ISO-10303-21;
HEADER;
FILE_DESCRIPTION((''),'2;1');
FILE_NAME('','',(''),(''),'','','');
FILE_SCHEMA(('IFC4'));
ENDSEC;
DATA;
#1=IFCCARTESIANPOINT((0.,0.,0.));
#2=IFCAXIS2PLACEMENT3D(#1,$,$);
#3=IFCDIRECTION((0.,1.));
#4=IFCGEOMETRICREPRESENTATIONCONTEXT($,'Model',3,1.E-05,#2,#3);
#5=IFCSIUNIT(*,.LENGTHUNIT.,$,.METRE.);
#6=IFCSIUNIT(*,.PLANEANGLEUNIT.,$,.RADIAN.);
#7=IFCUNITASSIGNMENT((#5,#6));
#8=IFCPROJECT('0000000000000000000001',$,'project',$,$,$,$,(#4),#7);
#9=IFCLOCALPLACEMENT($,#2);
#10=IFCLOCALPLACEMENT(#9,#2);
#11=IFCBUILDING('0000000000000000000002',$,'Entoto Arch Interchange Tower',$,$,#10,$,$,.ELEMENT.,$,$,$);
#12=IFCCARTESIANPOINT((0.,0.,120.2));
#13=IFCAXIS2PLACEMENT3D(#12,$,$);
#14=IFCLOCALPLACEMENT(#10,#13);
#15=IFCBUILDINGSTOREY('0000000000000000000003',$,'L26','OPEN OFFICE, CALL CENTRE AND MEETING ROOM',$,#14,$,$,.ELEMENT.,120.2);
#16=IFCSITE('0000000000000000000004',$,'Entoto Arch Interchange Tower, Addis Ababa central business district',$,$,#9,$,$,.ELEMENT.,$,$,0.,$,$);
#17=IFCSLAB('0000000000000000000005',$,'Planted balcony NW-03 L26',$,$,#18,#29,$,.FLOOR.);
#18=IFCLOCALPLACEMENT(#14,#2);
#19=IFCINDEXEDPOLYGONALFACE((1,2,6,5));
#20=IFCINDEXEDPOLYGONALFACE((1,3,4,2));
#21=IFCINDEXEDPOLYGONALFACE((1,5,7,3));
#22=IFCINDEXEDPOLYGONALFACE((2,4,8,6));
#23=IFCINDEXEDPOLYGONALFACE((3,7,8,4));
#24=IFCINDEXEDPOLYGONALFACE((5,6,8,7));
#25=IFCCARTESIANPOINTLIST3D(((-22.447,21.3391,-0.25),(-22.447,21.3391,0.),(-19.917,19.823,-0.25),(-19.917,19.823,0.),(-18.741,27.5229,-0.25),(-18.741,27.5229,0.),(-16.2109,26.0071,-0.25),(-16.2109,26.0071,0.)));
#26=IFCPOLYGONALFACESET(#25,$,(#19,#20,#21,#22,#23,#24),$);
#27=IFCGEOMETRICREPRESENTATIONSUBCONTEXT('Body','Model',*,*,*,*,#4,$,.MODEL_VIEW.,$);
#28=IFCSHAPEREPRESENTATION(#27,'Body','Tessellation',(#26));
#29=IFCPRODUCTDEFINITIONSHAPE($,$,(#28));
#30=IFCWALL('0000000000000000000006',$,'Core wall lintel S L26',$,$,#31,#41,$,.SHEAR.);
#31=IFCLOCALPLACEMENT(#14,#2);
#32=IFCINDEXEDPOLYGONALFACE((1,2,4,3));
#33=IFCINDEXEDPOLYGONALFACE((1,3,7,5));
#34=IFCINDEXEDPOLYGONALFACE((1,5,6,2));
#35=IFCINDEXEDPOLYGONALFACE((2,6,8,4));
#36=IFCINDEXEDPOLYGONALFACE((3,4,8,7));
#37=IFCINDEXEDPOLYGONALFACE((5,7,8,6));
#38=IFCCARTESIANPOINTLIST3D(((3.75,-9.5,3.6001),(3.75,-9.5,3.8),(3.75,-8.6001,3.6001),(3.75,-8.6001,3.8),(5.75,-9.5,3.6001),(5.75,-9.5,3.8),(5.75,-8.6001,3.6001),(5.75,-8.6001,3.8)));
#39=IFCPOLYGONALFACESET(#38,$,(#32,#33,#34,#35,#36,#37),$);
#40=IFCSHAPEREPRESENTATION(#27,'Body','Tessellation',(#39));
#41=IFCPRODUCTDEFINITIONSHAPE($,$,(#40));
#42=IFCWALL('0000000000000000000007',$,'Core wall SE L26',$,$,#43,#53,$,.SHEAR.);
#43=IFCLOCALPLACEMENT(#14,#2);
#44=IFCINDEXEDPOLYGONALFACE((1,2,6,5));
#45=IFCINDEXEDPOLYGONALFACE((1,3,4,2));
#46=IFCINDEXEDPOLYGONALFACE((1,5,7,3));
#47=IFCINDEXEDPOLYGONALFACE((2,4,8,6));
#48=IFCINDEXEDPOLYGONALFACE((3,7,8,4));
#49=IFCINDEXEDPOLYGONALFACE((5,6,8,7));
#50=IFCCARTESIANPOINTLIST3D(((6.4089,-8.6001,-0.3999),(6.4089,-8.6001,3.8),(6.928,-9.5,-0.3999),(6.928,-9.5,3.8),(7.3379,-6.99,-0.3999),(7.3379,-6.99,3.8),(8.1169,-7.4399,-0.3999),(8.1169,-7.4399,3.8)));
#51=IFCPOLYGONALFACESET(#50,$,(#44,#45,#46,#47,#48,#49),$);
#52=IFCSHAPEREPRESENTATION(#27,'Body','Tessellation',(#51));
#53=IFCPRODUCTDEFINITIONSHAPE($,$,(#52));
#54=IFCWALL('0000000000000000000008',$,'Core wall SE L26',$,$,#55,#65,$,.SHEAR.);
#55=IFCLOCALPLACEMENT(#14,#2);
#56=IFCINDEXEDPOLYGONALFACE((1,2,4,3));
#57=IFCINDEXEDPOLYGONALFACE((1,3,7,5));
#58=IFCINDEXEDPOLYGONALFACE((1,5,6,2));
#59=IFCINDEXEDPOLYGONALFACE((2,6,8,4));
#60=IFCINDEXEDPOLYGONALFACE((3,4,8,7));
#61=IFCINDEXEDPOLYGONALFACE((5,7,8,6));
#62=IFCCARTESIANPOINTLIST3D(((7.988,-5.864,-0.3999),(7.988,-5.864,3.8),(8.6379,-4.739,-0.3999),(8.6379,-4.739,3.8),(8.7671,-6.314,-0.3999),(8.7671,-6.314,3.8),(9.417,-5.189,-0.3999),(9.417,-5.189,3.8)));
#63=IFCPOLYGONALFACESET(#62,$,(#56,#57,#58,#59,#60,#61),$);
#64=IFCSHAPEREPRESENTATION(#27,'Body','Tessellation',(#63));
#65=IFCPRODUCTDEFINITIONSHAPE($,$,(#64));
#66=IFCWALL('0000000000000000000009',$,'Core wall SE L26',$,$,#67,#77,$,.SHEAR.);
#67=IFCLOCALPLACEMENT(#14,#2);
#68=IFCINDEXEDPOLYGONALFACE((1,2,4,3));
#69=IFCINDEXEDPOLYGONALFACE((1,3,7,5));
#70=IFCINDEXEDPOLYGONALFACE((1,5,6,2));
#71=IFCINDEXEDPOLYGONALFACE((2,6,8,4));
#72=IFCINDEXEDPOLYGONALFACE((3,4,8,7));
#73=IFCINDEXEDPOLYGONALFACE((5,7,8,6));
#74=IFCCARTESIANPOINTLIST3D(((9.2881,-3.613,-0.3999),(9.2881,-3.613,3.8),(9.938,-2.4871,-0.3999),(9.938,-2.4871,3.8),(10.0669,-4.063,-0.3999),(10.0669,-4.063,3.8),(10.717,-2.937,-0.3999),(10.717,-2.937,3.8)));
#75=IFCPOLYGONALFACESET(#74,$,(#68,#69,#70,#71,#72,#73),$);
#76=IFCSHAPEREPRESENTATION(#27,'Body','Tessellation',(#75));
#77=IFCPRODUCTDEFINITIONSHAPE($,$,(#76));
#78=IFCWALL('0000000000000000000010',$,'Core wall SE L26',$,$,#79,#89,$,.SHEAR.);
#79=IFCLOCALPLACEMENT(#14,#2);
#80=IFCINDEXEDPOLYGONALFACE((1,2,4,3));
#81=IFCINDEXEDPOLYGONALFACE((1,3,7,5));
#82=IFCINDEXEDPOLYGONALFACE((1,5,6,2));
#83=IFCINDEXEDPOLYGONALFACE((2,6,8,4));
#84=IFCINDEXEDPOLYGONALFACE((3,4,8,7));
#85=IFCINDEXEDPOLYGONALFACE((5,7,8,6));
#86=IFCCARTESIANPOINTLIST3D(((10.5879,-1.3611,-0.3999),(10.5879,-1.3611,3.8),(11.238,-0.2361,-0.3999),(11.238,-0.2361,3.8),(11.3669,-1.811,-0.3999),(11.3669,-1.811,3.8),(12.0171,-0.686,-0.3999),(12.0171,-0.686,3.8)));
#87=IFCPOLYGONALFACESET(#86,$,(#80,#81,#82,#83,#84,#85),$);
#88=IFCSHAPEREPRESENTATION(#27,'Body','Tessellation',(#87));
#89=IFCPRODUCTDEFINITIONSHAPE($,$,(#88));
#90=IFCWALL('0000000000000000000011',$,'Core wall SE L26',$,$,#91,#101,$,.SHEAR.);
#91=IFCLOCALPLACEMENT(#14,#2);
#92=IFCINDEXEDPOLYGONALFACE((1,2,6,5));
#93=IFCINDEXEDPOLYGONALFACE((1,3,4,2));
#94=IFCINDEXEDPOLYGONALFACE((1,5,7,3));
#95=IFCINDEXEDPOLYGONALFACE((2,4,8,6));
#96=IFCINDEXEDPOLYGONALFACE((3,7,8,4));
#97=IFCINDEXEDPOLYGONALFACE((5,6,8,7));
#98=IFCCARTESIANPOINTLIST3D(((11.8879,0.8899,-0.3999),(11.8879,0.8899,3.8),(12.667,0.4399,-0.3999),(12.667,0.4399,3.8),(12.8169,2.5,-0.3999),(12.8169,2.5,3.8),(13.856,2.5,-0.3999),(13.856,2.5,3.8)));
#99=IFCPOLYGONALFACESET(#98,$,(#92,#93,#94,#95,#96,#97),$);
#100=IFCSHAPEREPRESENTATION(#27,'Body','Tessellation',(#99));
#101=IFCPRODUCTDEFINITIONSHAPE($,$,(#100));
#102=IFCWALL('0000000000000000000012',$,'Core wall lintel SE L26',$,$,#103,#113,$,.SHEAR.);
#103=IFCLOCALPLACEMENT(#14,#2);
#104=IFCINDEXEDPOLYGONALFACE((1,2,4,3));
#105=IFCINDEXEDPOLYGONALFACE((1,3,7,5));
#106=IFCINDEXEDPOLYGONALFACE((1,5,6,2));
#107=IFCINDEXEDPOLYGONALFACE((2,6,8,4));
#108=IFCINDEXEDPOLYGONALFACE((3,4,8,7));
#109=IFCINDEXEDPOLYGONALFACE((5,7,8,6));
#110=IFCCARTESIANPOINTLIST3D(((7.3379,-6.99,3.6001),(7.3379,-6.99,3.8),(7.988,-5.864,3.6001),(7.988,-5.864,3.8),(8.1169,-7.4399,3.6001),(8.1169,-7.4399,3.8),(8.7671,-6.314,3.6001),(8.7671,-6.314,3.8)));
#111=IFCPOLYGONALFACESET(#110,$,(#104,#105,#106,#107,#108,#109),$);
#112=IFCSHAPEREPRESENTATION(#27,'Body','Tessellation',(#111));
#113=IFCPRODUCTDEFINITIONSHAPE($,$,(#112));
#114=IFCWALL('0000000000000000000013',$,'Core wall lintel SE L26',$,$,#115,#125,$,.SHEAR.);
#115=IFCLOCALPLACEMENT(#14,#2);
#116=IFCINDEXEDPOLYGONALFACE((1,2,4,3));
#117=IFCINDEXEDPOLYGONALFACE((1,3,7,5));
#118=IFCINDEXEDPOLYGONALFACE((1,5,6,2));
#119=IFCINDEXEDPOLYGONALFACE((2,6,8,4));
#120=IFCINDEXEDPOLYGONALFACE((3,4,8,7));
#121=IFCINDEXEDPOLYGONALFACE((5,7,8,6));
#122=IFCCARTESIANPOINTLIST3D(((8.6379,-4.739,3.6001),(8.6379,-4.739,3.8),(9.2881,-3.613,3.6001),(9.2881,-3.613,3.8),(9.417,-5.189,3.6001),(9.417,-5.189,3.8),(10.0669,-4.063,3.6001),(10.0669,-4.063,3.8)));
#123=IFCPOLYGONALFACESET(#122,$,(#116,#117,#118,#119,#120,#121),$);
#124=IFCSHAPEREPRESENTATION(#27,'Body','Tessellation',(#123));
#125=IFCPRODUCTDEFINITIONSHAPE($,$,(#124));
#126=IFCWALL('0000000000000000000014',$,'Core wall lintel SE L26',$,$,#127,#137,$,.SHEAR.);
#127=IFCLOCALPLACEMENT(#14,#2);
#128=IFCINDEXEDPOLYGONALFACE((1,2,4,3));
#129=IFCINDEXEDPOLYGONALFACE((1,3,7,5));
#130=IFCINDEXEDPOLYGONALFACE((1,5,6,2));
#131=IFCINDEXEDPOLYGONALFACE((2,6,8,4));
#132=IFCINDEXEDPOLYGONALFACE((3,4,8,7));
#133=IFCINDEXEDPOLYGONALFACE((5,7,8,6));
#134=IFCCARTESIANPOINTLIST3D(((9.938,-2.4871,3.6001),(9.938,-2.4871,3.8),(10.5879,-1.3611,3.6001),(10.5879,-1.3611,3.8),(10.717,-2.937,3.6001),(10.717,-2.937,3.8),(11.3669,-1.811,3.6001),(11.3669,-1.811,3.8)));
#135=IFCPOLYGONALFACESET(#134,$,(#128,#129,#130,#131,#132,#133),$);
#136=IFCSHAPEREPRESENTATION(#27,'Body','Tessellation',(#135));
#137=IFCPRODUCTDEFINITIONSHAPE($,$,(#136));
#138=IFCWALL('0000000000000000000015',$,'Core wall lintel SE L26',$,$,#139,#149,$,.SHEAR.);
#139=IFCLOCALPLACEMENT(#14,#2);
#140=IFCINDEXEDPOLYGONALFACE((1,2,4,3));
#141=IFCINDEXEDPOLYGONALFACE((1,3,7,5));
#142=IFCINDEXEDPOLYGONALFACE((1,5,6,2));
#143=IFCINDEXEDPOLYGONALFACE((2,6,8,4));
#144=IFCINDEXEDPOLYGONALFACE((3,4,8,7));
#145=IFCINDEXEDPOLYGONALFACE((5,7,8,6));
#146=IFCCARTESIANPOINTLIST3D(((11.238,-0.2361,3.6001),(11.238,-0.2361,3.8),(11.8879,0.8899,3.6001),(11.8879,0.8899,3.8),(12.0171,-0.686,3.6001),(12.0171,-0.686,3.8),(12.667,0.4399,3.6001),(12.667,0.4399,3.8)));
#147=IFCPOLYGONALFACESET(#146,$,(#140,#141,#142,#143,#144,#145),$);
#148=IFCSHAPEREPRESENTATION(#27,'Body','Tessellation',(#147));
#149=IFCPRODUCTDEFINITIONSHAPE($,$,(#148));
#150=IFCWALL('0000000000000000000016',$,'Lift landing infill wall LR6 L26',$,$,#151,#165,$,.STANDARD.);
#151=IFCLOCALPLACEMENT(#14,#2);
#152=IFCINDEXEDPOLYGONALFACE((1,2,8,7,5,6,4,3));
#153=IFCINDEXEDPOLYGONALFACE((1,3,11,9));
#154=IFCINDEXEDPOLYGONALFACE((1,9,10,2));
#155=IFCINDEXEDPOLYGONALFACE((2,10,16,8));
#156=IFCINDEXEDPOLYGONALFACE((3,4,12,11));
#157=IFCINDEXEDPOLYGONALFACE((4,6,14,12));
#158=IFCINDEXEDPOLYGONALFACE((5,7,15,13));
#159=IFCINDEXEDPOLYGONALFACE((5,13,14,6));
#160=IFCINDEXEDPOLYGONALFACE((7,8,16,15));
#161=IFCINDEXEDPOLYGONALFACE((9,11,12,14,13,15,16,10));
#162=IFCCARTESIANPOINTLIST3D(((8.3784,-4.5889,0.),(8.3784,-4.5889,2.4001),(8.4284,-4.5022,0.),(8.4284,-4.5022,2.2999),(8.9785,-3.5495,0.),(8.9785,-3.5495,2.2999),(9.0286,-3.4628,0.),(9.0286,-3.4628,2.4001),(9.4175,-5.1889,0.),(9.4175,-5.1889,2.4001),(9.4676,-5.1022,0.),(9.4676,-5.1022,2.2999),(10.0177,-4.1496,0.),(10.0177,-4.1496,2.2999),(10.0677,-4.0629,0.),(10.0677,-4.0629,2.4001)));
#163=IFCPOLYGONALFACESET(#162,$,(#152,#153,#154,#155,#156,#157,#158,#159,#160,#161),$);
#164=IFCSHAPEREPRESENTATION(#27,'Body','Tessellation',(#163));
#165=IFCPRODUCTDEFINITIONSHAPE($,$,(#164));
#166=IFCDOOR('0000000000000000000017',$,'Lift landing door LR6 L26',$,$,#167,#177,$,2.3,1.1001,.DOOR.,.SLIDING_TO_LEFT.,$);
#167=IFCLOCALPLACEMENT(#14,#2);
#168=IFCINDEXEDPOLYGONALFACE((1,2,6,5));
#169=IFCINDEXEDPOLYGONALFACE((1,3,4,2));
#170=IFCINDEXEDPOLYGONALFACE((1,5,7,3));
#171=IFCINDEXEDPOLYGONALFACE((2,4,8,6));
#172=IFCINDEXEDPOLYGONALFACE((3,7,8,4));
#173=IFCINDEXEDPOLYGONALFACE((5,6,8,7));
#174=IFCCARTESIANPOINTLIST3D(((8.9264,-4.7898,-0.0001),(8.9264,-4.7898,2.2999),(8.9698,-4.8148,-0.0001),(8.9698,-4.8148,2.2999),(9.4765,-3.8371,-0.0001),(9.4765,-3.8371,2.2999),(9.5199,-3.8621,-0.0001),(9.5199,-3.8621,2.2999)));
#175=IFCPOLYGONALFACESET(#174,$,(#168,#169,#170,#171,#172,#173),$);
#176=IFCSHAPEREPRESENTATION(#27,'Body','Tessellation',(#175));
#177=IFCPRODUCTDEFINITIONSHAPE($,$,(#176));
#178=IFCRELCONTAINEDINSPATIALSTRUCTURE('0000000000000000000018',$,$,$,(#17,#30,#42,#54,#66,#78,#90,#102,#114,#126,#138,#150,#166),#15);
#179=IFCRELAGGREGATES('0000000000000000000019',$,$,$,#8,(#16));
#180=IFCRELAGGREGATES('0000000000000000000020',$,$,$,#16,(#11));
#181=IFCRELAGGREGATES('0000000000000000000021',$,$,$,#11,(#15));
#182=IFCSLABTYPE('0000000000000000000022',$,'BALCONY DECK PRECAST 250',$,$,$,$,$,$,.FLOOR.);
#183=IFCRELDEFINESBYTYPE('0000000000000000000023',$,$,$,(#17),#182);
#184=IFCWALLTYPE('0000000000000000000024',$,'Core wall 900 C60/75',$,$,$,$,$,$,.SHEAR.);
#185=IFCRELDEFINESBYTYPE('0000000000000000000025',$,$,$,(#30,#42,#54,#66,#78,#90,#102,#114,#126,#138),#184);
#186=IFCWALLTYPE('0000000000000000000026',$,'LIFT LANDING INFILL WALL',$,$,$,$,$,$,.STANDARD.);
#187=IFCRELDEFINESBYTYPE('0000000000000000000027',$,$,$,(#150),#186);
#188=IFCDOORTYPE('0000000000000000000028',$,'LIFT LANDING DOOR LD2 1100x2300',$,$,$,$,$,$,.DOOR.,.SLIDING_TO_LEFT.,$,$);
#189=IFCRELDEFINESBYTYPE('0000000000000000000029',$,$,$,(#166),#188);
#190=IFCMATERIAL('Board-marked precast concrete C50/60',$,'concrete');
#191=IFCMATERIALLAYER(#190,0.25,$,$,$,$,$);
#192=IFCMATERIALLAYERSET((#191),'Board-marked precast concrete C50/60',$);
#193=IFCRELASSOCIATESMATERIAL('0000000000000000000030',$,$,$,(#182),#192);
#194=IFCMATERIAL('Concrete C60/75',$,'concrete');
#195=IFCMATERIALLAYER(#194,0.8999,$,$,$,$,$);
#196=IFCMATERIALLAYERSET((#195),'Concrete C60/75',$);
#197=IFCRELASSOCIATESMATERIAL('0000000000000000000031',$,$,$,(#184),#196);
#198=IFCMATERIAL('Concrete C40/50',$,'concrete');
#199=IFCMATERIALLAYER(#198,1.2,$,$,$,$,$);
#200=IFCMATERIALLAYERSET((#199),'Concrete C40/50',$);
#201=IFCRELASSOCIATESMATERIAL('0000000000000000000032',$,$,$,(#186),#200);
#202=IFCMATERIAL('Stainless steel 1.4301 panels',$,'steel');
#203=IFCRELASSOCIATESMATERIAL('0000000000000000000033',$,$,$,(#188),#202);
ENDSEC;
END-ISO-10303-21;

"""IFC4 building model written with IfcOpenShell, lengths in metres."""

from ifc_helpers import new_model, si_unit, direction, frame, frame_2d, origin, place, context, subcontext, project, spatial, polyline, rectangle, outline, extrude, material, layer, layer_set, type_object, element, fill, save


model = new_model("IFC4")

# Units and contexts
model_context = context("Model", 3, precision=1e-05, world=origin(), true_north=direction((0.0, 1.0)))
body_context = subcontext(model_context, "Body", "Model", "MODEL_VIEW")
ifc_project = project(units=[si_unit("LENGTHUNIT", "METRE"), si_unit("PLANEANGLEUNIT", "RADIAN")], contexts=[model_context])

# Site, building, storey
site_placement = place(None, origin())
site = spatial("IfcSite", under=ifc_project, at=site_placement, Name="Entoto Arch Interchange Tower, Addis Ababa central business district", CompositionType="ELEMENT", RefElevation=0.0)
building_placement = place(site_placement, origin())
building = spatial("IfcBuilding", under=site, at=building_placement, Name="Entoto Arch Interchange Tower", CompositionType="ELEMENT")
storey_placement = place(building_placement, frame((0.0, 0.0, 120.2)))
storey = spatial("IfcBuildingStorey", under=building, at=storey_placement, Name="L26", Description="OPEN OFFICE, CALL CENTRE AND MEETING ROOM", CompositionType="ELEMENT", Elevation=120.2)

# Slab
ifc_material_1 = material(Name="Board-marked precast concrete C50/60", Category="concrete")
ifc_layer_1 = layer(ifc_material_1, 0.25)
ifc_layer_set_1 = layer_set([ifc_layer_1], Name="Board-marked precast concrete C50/60")
slab_type = type_object("IfcSlabType", Name="BALCONY DECK PRECAST 250", PredefinedType="FLOOR", material=ifc_layer_set_1)
slab_placement = place(storey_placement, frame((0.0, 0.0, -0.25)))
element("IfcSlab", 1, at=slab_placement, inside=storey, type_object=slab_type, Name="Planted balcony NW-03 L26", PredefinedType="FLOOR", context=body_context, shape_type="SweptSolid", body=[
    extrude(outline(polyline([(-16.2109, 26.0071), (-19.917, 19.823), (-22.447, 21.3391), (-18.741, 27.5229), (-16.2109, 26.0071)])), origin(), (0.0, 0.0, 1.0), 0.25),
])

# Walls
ifc_material_2 = material(Name="Concrete C60/75", Category="concrete")
ifc_layer_2 = layer(ifc_material_2, 0.8999)
ifc_layer_set_2 = layer_set([ifc_layer_2], Name="Concrete C60/75")
wall_type_1 = type_object("IfcWallType", Name="Core wall 900 C60/75", PredefinedType="SHEAR", material=ifc_layer_set_2)
wall_1_placement = place(storey_placement, frame((0.0, 0.0, 3.6001)))
element("IfcWall", 2, at=wall_1_placement, inside=storey, type_object=wall_type_1, Name="Core wall lintel S L26", PredefinedType="SHEAR", context=body_context, shape_type="SweptSolid", body=[
    extrude(outline(polyline([(5.75, -9.5), (5.75, -8.6001), (3.75, -8.6001), (3.75, -9.5), (5.75, -9.5)])), origin(), (0.0, 0.0, 1.0), 0.2),
])
wall_2_placement = place(storey_placement, frame((0.0, 0.0, -0.3999)))
element("IfcWall", 3, at=wall_2_placement, inside=storey, type_object=wall_type_1, Name="Core wall SE L26", PredefinedType="SHEAR", context=body_context, shape_type="SweptSolid", body=[
    extrude(outline(polyline([(8.1169, -7.4399), (7.3379, -6.99), (6.4089, -8.6001), (6.928, -9.5), (8.1169, -7.4399)])), origin(), (0.0, 0.0, 1.0), 4.2),
])
wall_3_placement = place(storey_placement, frame((0.0, 0.0, -0.3999)))
element("IfcWall", 4, at=wall_3_placement, inside=storey, type_object=wall_type_1, Name="Core wall SE L26", PredefinedType="SHEAR", context=body_context, shape_type="SweptSolid", body=[
    extrude(outline(polyline([(9.417, -5.189), (8.6379, -4.739), (7.988, -5.864), (8.7671, -6.314), (9.417, -5.189)])), origin(), (0.0, 0.0, 1.0), 4.2),
])
wall_4_placement = place(storey_placement, frame((0.0, 0.0, -0.3999)))
element("IfcWall", 5, at=wall_4_placement, inside=storey, type_object=wall_type_1, Name="Core wall SE L26", PredefinedType="SHEAR", context=body_context, shape_type="SweptSolid", body=[
    extrude(outline(polyline([(10.717, -2.937), (9.938, -2.4871), (9.2881, -3.613), (10.0669, -4.063), (10.717, -2.937)])), origin(), (0.0, 0.0, 1.0), 4.2),
])
wall_5_placement = place(storey_placement, frame((0.0, 0.0, -0.3999)))
element("IfcWall", 6, at=wall_5_placement, inside=storey, type_object=wall_type_1, Name="Core wall SE L26", PredefinedType="SHEAR", context=body_context, shape_type="SweptSolid", body=[
    extrude(outline(polyline([(12.0171, -0.686), (11.238, -0.2361), (10.5879, -1.3611), (11.3669, -1.811), (12.0171, -0.686)])), origin(), (0.0, 0.0, 1.0), 4.2),
])
wall_6_placement = place(storey_placement, frame((0.0, 0.0, -0.3999)))
element("IfcWall", 7, at=wall_6_placement, inside=storey, type_object=wall_type_1, Name="Core wall SE L26", PredefinedType="SHEAR", context=body_context, shape_type="SweptSolid", body=[
    extrude(outline(polyline([(11.8879, 0.8899), (12.667, 0.4399), (13.856, 2.5), (12.8169, 2.5), (11.8879, 0.8899)])), origin(), (0.0, 0.0, 1.0), 4.2),
])
wall_7_placement = place(storey_placement, frame((0.0, 0.0, 3.6001)))
element("IfcWall", 8, at=wall_7_placement, inside=storey, type_object=wall_type_1, Name="Core wall lintel SE L26", PredefinedType="SHEAR", context=body_context, shape_type="SweptSolid", body=[
    extrude(outline(polyline([(8.7671, -6.314), (7.988, -5.864), (7.3379, -6.99), (8.1169, -7.4399), (8.7671, -6.314)])), origin(), (0.0, 0.0, 1.0), 0.2),
])
wall_8_placement = place(storey_placement, frame((0.0, 0.0, 3.6001)))
element("IfcWall", 9, at=wall_8_placement, inside=storey, type_object=wall_type_1, Name="Core wall lintel SE L26", PredefinedType="SHEAR", context=body_context, shape_type="SweptSolid", body=[
    extrude(outline(polyline([(10.0669, -4.063), (9.2881, -3.613), (8.6379, -4.739), (9.417, -5.189), (10.0669, -4.063)])), origin(), (0.0, 0.0, 1.0), 0.2),
])
wall_9_placement = place(storey_placement, frame((0.0, 0.0, 3.6001)))
element("IfcWall", 10, at=wall_9_placement, inside=storey, type_object=wall_type_1, Name="Core wall lintel SE L26", PredefinedType="SHEAR", context=body_context, shape_type="SweptSolid", body=[
    extrude(outline(polyline([(11.3669, -1.811), (10.5879, -1.3611), (9.938, -2.4871), (10.717, -2.937), (11.3669, -1.811)])), origin(), (0.0, 0.0, 1.0), 0.2),
])
wall_10_placement = place(storey_placement, frame((0.0, 0.0, 3.6001)))
element("IfcWall", 11, at=wall_10_placement, inside=storey, type_object=wall_type_1, Name="Core wall lintel SE L26", PredefinedType="SHEAR", context=body_context, shape_type="SweptSolid", body=[
    extrude(outline(polyline([(12.667, 0.4399), (11.8879, 0.8899), (11.238, -0.2361), (12.0171, -0.686), (12.667, 0.4399)])), origin(), (0.0, 0.0, 1.0), 0.2),
])

# Wall, opening, door
ifc_material_3 = material(Name="Concrete C40/50", Category="concrete")
ifc_layer_3 = layer(ifc_material_3, 1.2)
ifc_layer_set_3 = layer_set([ifc_layer_3], Name="Concrete C40/50")
wall_type_2 = type_object("IfcWallType", Name="LIFT LANDING INFILL WALL", PredefinedType="STANDARD", material=ifc_layer_set_3)
wall_11_placement = place(storey_placement, frame((8.8979, -4.8889, 0.0), z_axis=(0.0, 0.0, 1.0), x_axis=(0.500037, 0.866004, 0.0)))
wall_11 = element("IfcWall", 12, at=wall_11_placement, inside=storey, type_object=wall_type_2, Name="Lift landing infill wall LR6 L26", PredefinedType="STANDARD", context=body_context, shape_type="SweptSolid", body=[
    extrude(rectangle(XDim=1.3003, YDim=1.2, at=frame_2d((0.6501, 0.0))), origin(), (0.0, 0.0, 1.0), 2.4001),
])
opening_1_placement = place(wall_11_placement, frame((0.1001, 0.0, 0.0)))
opening_1 = element("IfcOpeningElement", 13, at=opening_1_placement, cuts=wall_11, PredefinedType="OPENING", context=body_context, shape_type="SweptSolid", body=[
    extrude(rectangle(XDim=1.1001, YDim=2.3, at=frame_2d((0.55, 1.1499))), frame((0.0, 0.6099, 0.0), z_axis=(0.0, -1.0, 0.0), x_axis=(1.0, 0.0, 0.0)), (0.0, 0.0, 1.0), 1.22),
])
ifc_material_4 = material(Name="Stainless steel 1.4301 panels", Category="steel")
door_type_1 = type_object("IfcDoorType", Name="LIFT LANDING DOOR LD2 1100x2300", OperationType="SLIDING_TO_LEFT", PredefinedType="DOOR", material=ifc_material_4)
door_1_placement = place(opening_1_placement, origin())
door_1 = element("IfcDoor", 14, at=door_1_placement, inside=storey, type_object=door_type_1, Name="Lift landing door LR6 L26", OperationType="SLIDING_TO_LEFT", OverallHeight=2.3, OverallWidth=1.1001, PredefinedType="DOOR", context=body_context, shape_type="SweptSolid", body=[
    extrude(rectangle(XDim=1.1001, YDim=2.3, at=frame_2d((0.55, 1.1499))), frame((0.0, 0.0249, 0.0), z_axis=(0.0, -1.0, 0.0), x_axis=(1.0, 0.0, 0.0)), (0.0, 0.0, 1.0), 0.05),
])
fill(opening_1, door_1)

save(model, "model.ifc")
